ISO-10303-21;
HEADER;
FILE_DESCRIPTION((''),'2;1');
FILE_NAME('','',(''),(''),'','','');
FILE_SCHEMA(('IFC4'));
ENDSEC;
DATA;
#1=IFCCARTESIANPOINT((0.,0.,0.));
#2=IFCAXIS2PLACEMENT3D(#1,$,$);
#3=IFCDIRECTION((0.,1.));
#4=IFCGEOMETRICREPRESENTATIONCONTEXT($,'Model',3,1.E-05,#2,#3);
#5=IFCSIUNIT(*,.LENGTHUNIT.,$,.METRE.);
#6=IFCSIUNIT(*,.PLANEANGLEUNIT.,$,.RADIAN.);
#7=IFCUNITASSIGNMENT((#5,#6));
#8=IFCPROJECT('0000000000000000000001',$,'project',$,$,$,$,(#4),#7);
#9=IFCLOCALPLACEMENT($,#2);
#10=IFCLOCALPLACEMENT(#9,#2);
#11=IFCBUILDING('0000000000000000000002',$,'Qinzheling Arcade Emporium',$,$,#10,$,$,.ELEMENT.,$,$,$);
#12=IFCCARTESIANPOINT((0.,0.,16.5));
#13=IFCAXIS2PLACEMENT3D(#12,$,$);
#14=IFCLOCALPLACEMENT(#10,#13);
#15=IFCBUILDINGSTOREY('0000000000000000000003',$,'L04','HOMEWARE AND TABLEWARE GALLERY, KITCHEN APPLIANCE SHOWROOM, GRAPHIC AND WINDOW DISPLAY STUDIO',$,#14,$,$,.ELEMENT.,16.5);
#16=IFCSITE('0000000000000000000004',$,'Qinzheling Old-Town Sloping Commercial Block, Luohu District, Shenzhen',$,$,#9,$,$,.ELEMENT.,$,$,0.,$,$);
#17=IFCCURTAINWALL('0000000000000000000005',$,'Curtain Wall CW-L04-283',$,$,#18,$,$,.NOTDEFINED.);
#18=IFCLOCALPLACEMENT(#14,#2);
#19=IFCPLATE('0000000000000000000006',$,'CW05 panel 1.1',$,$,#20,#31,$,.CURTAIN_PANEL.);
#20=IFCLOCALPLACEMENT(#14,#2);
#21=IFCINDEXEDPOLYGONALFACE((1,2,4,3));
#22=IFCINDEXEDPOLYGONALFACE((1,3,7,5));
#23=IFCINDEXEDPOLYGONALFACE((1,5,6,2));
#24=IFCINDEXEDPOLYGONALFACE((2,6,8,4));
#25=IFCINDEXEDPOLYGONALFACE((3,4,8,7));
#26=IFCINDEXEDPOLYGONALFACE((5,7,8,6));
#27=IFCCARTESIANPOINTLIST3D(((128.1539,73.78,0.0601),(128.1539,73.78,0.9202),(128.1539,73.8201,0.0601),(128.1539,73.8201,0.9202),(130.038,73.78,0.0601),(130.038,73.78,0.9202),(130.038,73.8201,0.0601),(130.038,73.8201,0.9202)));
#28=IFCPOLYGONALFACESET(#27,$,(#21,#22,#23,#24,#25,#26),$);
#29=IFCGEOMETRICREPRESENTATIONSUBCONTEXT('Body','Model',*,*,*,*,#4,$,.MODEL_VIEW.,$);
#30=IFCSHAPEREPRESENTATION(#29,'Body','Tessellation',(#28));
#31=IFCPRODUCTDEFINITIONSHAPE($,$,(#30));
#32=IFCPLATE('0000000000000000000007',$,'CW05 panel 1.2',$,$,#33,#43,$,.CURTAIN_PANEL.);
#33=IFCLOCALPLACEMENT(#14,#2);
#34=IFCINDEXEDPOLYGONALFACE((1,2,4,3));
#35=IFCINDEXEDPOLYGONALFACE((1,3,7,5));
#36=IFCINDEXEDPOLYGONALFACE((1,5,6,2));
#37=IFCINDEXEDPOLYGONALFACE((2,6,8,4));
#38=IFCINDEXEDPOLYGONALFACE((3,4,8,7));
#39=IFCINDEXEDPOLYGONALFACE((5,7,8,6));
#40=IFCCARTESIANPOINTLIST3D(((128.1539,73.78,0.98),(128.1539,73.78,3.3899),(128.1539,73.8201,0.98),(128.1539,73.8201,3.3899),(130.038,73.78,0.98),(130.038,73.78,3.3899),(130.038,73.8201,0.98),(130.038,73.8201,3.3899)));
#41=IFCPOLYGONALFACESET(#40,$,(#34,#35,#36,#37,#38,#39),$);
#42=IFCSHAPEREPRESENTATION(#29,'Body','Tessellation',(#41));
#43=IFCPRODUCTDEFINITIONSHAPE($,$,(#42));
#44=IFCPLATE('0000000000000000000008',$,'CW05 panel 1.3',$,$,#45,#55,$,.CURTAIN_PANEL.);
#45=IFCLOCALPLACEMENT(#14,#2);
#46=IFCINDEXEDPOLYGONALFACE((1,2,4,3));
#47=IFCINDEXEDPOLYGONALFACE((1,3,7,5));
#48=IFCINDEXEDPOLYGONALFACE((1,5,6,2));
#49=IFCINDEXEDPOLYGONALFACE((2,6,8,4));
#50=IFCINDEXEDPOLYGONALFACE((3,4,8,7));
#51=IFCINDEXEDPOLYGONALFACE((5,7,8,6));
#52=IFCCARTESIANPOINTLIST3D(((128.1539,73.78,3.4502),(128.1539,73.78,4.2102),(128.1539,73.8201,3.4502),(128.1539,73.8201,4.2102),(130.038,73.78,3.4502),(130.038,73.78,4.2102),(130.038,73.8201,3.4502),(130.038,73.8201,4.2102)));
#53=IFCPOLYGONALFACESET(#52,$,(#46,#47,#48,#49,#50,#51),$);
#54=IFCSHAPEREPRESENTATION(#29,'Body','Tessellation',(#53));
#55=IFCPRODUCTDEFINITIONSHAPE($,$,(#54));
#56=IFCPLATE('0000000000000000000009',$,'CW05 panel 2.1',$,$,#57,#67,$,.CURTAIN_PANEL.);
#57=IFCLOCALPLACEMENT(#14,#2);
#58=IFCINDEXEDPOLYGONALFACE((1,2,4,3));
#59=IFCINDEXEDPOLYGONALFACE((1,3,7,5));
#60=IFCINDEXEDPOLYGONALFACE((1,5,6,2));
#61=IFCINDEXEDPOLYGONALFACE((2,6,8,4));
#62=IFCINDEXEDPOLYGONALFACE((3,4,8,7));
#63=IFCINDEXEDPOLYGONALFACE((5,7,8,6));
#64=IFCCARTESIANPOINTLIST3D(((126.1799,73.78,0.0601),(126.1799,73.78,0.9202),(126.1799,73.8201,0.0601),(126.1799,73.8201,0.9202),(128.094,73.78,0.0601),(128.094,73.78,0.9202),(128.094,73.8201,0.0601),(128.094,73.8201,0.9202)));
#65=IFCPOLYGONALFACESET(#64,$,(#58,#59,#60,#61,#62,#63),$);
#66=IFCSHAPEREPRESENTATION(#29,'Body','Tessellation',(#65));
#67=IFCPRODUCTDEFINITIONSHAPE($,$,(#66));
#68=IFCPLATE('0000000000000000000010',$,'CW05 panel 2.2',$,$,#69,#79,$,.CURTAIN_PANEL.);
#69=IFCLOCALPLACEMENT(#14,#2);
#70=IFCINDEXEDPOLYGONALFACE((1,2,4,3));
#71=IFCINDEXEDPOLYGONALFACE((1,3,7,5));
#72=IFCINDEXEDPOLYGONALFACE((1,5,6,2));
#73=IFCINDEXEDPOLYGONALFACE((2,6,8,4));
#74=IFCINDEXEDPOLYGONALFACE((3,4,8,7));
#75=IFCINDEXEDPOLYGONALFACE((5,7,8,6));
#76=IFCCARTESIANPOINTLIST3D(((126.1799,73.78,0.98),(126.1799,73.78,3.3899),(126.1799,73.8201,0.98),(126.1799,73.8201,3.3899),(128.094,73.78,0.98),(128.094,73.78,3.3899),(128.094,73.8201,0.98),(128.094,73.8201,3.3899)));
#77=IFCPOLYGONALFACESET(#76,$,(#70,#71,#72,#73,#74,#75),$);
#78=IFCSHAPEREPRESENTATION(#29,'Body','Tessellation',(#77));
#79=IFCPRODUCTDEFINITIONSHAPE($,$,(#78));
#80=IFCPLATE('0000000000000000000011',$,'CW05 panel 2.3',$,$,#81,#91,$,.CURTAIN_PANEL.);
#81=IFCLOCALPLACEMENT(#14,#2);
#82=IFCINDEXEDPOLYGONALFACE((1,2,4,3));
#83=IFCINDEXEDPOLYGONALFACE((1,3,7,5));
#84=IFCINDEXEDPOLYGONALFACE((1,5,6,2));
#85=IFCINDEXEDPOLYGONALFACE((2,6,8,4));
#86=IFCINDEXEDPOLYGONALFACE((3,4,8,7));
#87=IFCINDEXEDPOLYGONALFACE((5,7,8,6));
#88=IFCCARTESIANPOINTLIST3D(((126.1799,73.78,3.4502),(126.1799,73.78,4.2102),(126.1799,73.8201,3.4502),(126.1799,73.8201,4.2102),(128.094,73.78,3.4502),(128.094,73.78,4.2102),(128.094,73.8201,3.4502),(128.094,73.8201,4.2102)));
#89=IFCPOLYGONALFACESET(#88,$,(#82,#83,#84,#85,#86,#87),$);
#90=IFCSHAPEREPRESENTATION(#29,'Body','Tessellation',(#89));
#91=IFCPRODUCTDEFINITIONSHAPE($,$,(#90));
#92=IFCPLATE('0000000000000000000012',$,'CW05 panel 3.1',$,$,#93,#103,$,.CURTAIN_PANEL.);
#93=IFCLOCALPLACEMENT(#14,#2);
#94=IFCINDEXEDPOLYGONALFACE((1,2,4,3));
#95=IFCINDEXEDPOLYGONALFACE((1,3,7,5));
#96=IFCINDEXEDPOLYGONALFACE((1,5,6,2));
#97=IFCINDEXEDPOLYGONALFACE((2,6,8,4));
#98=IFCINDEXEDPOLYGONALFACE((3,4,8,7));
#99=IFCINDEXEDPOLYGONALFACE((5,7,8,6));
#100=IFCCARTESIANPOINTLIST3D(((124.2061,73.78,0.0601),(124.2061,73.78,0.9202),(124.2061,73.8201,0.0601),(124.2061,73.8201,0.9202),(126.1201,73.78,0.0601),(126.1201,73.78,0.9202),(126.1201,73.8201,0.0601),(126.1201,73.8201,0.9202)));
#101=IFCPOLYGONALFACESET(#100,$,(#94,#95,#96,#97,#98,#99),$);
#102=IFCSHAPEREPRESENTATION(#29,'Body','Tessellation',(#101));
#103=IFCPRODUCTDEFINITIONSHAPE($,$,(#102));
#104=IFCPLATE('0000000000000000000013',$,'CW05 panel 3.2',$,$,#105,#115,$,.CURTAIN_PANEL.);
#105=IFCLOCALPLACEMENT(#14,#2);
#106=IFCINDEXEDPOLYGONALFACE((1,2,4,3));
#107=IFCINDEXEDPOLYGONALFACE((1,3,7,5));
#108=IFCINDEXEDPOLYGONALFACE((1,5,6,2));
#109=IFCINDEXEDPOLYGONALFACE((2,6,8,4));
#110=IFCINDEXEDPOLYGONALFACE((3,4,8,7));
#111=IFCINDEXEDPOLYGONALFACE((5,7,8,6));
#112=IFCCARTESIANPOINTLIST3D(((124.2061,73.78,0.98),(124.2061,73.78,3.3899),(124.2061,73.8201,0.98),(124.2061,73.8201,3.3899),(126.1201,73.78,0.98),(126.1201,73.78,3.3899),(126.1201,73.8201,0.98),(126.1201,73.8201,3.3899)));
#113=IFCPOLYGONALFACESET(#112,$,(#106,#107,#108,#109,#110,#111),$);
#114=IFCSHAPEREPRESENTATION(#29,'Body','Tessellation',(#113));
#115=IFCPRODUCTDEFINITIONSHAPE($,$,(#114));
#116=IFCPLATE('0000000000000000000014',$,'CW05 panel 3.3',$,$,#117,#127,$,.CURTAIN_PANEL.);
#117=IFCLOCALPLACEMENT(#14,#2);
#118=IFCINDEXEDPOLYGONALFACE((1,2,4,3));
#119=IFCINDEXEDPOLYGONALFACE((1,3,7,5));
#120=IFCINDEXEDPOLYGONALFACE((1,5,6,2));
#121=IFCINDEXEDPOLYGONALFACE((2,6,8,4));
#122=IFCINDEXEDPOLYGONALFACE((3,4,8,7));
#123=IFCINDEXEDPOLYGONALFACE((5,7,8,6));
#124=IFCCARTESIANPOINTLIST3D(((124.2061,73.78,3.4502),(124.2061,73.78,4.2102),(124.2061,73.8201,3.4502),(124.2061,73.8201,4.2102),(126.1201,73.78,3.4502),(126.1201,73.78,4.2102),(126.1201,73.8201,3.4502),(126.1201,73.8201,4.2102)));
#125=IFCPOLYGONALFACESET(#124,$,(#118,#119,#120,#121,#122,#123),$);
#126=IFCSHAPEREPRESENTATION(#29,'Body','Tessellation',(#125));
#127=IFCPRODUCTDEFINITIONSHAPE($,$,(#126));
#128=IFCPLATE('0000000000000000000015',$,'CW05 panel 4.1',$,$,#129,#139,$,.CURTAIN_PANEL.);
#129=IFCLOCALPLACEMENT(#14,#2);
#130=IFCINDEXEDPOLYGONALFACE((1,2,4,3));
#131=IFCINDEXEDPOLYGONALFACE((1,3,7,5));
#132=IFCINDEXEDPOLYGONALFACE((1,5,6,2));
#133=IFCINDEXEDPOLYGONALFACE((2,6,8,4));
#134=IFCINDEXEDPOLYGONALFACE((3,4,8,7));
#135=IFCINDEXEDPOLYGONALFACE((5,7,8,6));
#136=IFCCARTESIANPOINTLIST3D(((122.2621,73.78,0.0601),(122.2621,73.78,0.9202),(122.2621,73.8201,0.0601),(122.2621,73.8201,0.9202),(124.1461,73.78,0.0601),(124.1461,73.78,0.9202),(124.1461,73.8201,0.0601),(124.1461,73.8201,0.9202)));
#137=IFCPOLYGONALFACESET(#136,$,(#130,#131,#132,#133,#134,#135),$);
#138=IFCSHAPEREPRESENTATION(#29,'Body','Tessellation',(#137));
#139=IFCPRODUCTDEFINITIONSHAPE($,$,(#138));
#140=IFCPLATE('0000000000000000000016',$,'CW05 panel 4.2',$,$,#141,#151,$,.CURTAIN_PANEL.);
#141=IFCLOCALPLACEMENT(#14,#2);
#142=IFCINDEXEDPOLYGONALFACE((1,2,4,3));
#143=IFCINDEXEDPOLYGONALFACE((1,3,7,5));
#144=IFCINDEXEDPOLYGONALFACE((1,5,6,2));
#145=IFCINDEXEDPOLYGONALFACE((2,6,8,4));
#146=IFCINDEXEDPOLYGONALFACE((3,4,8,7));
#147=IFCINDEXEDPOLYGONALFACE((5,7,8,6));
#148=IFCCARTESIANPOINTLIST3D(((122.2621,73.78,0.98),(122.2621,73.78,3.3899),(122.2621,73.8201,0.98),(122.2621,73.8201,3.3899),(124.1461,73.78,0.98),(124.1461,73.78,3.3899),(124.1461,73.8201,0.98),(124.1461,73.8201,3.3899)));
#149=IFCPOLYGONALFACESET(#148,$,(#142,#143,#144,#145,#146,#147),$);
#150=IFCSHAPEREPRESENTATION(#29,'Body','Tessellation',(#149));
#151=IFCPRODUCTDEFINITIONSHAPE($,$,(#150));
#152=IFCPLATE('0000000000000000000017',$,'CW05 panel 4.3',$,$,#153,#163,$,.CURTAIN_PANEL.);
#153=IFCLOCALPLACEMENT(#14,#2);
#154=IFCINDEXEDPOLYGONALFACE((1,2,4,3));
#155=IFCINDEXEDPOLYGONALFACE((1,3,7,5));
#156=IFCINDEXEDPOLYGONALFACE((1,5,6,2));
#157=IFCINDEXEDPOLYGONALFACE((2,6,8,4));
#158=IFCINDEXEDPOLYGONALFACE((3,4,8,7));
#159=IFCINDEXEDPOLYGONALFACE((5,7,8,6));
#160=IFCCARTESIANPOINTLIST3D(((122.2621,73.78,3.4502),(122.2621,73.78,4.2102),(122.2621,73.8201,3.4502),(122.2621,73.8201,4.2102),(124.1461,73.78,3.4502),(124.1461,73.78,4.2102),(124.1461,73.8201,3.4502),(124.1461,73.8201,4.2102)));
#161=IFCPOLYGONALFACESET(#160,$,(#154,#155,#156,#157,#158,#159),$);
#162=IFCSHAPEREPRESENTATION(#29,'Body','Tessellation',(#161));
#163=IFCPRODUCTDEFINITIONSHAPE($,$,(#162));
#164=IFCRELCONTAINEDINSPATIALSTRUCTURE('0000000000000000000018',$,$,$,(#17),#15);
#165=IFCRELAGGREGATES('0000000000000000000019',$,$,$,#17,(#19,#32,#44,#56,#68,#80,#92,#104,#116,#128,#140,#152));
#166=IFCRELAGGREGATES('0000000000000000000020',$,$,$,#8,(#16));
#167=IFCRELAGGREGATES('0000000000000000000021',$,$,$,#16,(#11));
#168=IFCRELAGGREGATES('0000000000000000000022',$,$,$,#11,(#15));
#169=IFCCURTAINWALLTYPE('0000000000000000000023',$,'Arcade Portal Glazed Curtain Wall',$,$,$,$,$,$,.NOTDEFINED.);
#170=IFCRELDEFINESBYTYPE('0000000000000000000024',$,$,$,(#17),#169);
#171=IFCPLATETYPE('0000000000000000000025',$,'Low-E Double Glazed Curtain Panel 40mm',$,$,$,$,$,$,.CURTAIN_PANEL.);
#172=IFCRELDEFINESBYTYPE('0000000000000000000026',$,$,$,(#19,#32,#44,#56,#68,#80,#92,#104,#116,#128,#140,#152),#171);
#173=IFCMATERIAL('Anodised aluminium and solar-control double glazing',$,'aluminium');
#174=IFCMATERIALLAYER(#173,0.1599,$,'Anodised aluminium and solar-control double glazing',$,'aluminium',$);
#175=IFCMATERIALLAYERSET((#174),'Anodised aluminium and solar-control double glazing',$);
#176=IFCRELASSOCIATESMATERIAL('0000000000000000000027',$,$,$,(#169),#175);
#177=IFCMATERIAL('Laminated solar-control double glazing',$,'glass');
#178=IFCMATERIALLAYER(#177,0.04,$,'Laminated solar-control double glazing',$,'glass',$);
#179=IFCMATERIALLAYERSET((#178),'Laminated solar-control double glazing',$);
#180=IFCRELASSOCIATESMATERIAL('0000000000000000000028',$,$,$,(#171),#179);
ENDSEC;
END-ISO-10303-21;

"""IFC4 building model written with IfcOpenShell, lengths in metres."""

from ifc_helpers import new_model, si_unit, direction, frame, origin, origin_2d, place, context, subcontext, project, spatial, rectangle, extrude, material, layer, layer_set, type_object, element, aggregate, save


model = new_model("IFC4")

# Units and contexts
model_context = context("Model", 3, precision=1e-05, world=origin(), true_north=direction((0.0, 1.0)))
body_context = subcontext(model_context, "Body", "Model", "MODEL_VIEW")
ifc_project = project(units=[si_unit("LENGTHUNIT", "METRE"), si_unit("PLANEANGLEUNIT", "RADIAN")], contexts=[model_context])

# Site, building, storey
site_placement = place(None, origin())
site = spatial("IfcSite", under=ifc_project, at=site_placement, Name="Qinzheling Old-Town Sloping Commercial Block, Luohu District, Shenzhen", CompositionType="ELEMENT", RefElevation=0.0)
building_placement = place(site_placement, origin())
building = spatial("IfcBuilding", under=site, at=building_placement, Name="Qinzheling Arcade Emporium", CompositionType="ELEMENT")
storey_placement = place(building_placement, frame((0.0, 0.0, 16.5)))
storey = spatial("IfcBuildingStorey", under=building, at=storey_placement, Name="L04", Description="HOMEWARE AND TABLEWARE GALLERY, KITCHEN APPLIANCE SHOWROOM, GRAPHIC AND WINDOW DISPLAY STUDIO", CompositionType="ELEMENT", Elevation=16.5)

# Shared definitions
ifc_material_1 = material(Name="Anodised aluminium and solar-control double glazing", Category="aluminium")
ifc_layer_1 = layer(ifc_material_1, 0.1599, Name="Anodised aluminium and solar-control double glazing", Category="aluminium")
ifc_layer_set_1 = layer_set([ifc_layer_1], Name="Anodised aluminium and solar-control double glazing")
curtain_wall_type = type_object("IfcCurtainWallType", Name="Arcade Portal Glazed Curtain Wall", PredefinedType="NOTDEFINED", material=ifc_layer_set_1)

# Curtain wall
curtain_wall_1_placement = place(storey_placement, origin())
curtain_wall_1 = element("IfcCurtainWall", 1, at=curtain_wall_1_placement, inside=storey, type_object=curtain_wall_type, Name="Curtain Wall CW-L04-283", PredefinedType="NOTDEFINED")

# Plates
ifc_material_2 = material(Name="Laminated solar-control double glazing", Category="glass")
ifc_layer_2 = layer(ifc_material_2, 0.04, Name="Laminated solar-control double glazing", Category="glass")
ifc_layer_set_2 = layer_set([ifc_layer_2], Name="Laminated solar-control double glazing")
plate_type_1 = type_object("IfcPlateType", Name="Low-E Double Glazed Curtain Panel 40mm", PredefinedType="CURTAIN_PANEL", material=ifc_layer_set_2)
plate_1_placement = place(storey_placement, frame((129.0959, 73.8, 0.0601), z_axis=(0.0, 0.0, 1.0), x_axis=(-1.0, 0.0, 0.0)))
plate_1 = element("IfcPlate", 2, at=plate_1_placement, type_object=plate_type_1, Name="CW05 panel 1.1", PredefinedType="CURTAIN_PANEL", context=body_context, shape_type="SweptSolid", body=[
    extrude(rectangle(XDim=1.884, YDim=0.04, at=origin_2d()), origin(), (0.0, 0.0, 1.0), 0.8601),
])
plate_2_placement = place(storey_placement, frame((129.0959, 73.8, 0.98), z_axis=(0.0, 0.0, 1.0), x_axis=(-1.0, 0.0, 0.0)))
plate_2 = element("IfcPlate", 3, at=plate_2_placement, type_object=plate_type_1, Name="CW05 panel 1.2", PredefinedType="CURTAIN_PANEL", context=body_context, shape_type="SweptSolid", body=[
    extrude(rectangle(XDim=1.884, YDim=0.04, at=origin_2d()), origin(), (0.0, 0.0, 1.0), 2.4099),
])
plate_3_placement = place(storey_placement, frame((129.0959, 73.8, 3.4502), z_axis=(0.0, 0.0, 1.0), x_axis=(-1.0, 0.0, 0.0)))
plate_3 = element("IfcPlate", 4, at=plate_3_placement, type_object=plate_type_1, Name="CW05 panel 1.3", PredefinedType="CURTAIN_PANEL", context=body_context, shape_type="SweptSolid", body=[
    extrude(rectangle(XDim=1.884, YDim=0.04, at=origin_2d()), origin(), (0.0, 0.0, 1.0), 0.76),
])
plate_4_placement = place(storey_placement, frame((127.137, 73.8, 0.0601), z_axis=(0.0, 0.0, 1.0), x_axis=(-1.0, 0.0, 0.0)))
plate_4 = element("IfcPlate", 5, at=plate_4_placement, type_object=plate_type_1, Name="CW05 panel 2.1", PredefinedType="CURTAIN_PANEL", context=body_context, shape_type="SweptSolid", body=[
    extrude(rectangle(XDim=1.9141, YDim=0.04, at=origin_2d()), origin(), (0.0, 0.0, 1.0), 0.8601),
])
plate_5_placement = place(storey_placement, frame((127.137, 73.8, 0.98), z_axis=(0.0, 0.0, 1.0), x_axis=(-1.0, 0.0, 0.0)))
plate_5 = element("IfcPlate", 6, at=plate_5_placement, type_object=plate_type_1, Name="CW05 panel 2.2", PredefinedType="CURTAIN_PANEL", context=body_context, shape_type="SweptSolid", body=[
    extrude(rectangle(XDim=1.9141, YDim=0.04, at=origin_2d()), origin(), (0.0, 0.0, 1.0), 2.4099),
])
plate_6_placement = place(storey_placement, frame((127.137, 73.8, 3.4502), z_axis=(0.0, 0.0, 1.0), x_axis=(-1.0, 0.0, 0.0)))
plate_6 = element("IfcPlate", 7, at=plate_6_placement, type_object=plate_type_1, Name="CW05 panel 2.3", PredefinedType="CURTAIN_PANEL", context=body_context, shape_type="SweptSolid", body=[
    extrude(rectangle(XDim=1.9141, YDim=0.04, at=origin_2d()), origin(), (0.0, 0.0, 1.0), 0.76),
])
plate_7_placement = place(storey_placement, frame((125.1631, 73.8, 0.0601), z_axis=(0.0, 0.0, 1.0), x_axis=(-1.0, 0.0, 0.0)))
plate_7 = element("IfcPlate", 8, at=plate_7_placement, type_object=plate_type_1, Name="CW05 panel 3.1", PredefinedType="CURTAIN_PANEL", context=body_context, shape_type="SweptSolid", body=[
    extrude(rectangle(XDim=1.9141, YDim=0.04, at=origin_2d()), origin(), (0.0, 0.0, 1.0), 0.8601),
])
plate_8_placement = place(storey_placement, frame((125.1631, 73.8, 0.98), z_axis=(0.0, 0.0, 1.0), x_axis=(-1.0, 0.0, 0.0)))
plate_8 = element("IfcPlate", 9, at=plate_8_placement, type_object=plate_type_1, Name="CW05 panel 3.2", PredefinedType="CURTAIN_PANEL", context=body_context, shape_type="SweptSolid", body=[
    extrude(rectangle(XDim=1.9141, YDim=0.04, at=origin_2d()), origin(), (0.0, 0.0, 1.0), 2.4099),
])
plate_9_placement = place(storey_placement, frame((125.1631, 73.8, 3.4502), z_axis=(0.0, 0.0, 1.0), x_axis=(-1.0, 0.0, 0.0)))
plate_9 = element("IfcPlate", 10, at=plate_9_placement, type_object=plate_type_1, Name="CW05 panel 3.3", PredefinedType="CURTAIN_PANEL", context=body_context, shape_type="SweptSolid", body=[
    extrude(rectangle(XDim=1.9141, YDim=0.04, at=origin_2d()), origin(), (0.0, 0.0, 1.0), 0.76),
])
plate_10_placement = place(storey_placement, frame((123.2041, 73.8, 0.0601), z_axis=(0.0, 0.0, 1.0), x_axis=(-1.0, 0.0, 0.0)))
plate_10 = element("IfcPlate", 11, at=plate_10_placement, type_object=plate_type_1, Name="CW05 panel 4.1", PredefinedType="CURTAIN_PANEL", context=body_context, shape_type="SweptSolid", body=[
    extrude(rectangle(XDim=1.884, YDim=0.04, at=origin_2d()), origin(), (0.0, 0.0, 1.0), 0.8601),
])
plate_11_placement = place(storey_placement, frame((123.2041, 73.8, 0.98), z_axis=(0.0, 0.0, 1.0), x_axis=(-1.0, 0.0, 0.0)))
plate_11 = element("IfcPlate", 12, at=plate_11_placement, type_object=plate_type_1, Name="CW05 panel 4.2", PredefinedType="CURTAIN_PANEL", context=body_context, shape_type="SweptSolid", body=[
    extrude(rectangle(XDim=1.884, YDim=0.04, at=origin_2d()), origin(), (0.0, 0.0, 1.0), 2.4099),
])
plate_12_placement = place(storey_placement, frame((123.2041, 73.8, 3.4502), z_axis=(0.0, 0.0, 1.0), x_axis=(-1.0, 0.0, 0.0)))
plate_12 = element("IfcPlate", 13, at=plate_12_placement, type_object=plate_type_1, Name="CW05 panel 4.3", PredefinedType="CURTAIN_PANEL", context=body_context, shape_type="SweptSolid", body=[
    extrude(rectangle(XDim=1.884, YDim=0.04, at=origin_2d()), origin(), (0.0, 0.0, 1.0), 0.76),
])
aggregate(curtain_wall_1, [plate_1, plate_2, plate_3, plate_4, plate_5, plate_6, plate_7, plate_8, plate_9, plate_10, plate_11, plate_12])

save(model, "model.ifc")
